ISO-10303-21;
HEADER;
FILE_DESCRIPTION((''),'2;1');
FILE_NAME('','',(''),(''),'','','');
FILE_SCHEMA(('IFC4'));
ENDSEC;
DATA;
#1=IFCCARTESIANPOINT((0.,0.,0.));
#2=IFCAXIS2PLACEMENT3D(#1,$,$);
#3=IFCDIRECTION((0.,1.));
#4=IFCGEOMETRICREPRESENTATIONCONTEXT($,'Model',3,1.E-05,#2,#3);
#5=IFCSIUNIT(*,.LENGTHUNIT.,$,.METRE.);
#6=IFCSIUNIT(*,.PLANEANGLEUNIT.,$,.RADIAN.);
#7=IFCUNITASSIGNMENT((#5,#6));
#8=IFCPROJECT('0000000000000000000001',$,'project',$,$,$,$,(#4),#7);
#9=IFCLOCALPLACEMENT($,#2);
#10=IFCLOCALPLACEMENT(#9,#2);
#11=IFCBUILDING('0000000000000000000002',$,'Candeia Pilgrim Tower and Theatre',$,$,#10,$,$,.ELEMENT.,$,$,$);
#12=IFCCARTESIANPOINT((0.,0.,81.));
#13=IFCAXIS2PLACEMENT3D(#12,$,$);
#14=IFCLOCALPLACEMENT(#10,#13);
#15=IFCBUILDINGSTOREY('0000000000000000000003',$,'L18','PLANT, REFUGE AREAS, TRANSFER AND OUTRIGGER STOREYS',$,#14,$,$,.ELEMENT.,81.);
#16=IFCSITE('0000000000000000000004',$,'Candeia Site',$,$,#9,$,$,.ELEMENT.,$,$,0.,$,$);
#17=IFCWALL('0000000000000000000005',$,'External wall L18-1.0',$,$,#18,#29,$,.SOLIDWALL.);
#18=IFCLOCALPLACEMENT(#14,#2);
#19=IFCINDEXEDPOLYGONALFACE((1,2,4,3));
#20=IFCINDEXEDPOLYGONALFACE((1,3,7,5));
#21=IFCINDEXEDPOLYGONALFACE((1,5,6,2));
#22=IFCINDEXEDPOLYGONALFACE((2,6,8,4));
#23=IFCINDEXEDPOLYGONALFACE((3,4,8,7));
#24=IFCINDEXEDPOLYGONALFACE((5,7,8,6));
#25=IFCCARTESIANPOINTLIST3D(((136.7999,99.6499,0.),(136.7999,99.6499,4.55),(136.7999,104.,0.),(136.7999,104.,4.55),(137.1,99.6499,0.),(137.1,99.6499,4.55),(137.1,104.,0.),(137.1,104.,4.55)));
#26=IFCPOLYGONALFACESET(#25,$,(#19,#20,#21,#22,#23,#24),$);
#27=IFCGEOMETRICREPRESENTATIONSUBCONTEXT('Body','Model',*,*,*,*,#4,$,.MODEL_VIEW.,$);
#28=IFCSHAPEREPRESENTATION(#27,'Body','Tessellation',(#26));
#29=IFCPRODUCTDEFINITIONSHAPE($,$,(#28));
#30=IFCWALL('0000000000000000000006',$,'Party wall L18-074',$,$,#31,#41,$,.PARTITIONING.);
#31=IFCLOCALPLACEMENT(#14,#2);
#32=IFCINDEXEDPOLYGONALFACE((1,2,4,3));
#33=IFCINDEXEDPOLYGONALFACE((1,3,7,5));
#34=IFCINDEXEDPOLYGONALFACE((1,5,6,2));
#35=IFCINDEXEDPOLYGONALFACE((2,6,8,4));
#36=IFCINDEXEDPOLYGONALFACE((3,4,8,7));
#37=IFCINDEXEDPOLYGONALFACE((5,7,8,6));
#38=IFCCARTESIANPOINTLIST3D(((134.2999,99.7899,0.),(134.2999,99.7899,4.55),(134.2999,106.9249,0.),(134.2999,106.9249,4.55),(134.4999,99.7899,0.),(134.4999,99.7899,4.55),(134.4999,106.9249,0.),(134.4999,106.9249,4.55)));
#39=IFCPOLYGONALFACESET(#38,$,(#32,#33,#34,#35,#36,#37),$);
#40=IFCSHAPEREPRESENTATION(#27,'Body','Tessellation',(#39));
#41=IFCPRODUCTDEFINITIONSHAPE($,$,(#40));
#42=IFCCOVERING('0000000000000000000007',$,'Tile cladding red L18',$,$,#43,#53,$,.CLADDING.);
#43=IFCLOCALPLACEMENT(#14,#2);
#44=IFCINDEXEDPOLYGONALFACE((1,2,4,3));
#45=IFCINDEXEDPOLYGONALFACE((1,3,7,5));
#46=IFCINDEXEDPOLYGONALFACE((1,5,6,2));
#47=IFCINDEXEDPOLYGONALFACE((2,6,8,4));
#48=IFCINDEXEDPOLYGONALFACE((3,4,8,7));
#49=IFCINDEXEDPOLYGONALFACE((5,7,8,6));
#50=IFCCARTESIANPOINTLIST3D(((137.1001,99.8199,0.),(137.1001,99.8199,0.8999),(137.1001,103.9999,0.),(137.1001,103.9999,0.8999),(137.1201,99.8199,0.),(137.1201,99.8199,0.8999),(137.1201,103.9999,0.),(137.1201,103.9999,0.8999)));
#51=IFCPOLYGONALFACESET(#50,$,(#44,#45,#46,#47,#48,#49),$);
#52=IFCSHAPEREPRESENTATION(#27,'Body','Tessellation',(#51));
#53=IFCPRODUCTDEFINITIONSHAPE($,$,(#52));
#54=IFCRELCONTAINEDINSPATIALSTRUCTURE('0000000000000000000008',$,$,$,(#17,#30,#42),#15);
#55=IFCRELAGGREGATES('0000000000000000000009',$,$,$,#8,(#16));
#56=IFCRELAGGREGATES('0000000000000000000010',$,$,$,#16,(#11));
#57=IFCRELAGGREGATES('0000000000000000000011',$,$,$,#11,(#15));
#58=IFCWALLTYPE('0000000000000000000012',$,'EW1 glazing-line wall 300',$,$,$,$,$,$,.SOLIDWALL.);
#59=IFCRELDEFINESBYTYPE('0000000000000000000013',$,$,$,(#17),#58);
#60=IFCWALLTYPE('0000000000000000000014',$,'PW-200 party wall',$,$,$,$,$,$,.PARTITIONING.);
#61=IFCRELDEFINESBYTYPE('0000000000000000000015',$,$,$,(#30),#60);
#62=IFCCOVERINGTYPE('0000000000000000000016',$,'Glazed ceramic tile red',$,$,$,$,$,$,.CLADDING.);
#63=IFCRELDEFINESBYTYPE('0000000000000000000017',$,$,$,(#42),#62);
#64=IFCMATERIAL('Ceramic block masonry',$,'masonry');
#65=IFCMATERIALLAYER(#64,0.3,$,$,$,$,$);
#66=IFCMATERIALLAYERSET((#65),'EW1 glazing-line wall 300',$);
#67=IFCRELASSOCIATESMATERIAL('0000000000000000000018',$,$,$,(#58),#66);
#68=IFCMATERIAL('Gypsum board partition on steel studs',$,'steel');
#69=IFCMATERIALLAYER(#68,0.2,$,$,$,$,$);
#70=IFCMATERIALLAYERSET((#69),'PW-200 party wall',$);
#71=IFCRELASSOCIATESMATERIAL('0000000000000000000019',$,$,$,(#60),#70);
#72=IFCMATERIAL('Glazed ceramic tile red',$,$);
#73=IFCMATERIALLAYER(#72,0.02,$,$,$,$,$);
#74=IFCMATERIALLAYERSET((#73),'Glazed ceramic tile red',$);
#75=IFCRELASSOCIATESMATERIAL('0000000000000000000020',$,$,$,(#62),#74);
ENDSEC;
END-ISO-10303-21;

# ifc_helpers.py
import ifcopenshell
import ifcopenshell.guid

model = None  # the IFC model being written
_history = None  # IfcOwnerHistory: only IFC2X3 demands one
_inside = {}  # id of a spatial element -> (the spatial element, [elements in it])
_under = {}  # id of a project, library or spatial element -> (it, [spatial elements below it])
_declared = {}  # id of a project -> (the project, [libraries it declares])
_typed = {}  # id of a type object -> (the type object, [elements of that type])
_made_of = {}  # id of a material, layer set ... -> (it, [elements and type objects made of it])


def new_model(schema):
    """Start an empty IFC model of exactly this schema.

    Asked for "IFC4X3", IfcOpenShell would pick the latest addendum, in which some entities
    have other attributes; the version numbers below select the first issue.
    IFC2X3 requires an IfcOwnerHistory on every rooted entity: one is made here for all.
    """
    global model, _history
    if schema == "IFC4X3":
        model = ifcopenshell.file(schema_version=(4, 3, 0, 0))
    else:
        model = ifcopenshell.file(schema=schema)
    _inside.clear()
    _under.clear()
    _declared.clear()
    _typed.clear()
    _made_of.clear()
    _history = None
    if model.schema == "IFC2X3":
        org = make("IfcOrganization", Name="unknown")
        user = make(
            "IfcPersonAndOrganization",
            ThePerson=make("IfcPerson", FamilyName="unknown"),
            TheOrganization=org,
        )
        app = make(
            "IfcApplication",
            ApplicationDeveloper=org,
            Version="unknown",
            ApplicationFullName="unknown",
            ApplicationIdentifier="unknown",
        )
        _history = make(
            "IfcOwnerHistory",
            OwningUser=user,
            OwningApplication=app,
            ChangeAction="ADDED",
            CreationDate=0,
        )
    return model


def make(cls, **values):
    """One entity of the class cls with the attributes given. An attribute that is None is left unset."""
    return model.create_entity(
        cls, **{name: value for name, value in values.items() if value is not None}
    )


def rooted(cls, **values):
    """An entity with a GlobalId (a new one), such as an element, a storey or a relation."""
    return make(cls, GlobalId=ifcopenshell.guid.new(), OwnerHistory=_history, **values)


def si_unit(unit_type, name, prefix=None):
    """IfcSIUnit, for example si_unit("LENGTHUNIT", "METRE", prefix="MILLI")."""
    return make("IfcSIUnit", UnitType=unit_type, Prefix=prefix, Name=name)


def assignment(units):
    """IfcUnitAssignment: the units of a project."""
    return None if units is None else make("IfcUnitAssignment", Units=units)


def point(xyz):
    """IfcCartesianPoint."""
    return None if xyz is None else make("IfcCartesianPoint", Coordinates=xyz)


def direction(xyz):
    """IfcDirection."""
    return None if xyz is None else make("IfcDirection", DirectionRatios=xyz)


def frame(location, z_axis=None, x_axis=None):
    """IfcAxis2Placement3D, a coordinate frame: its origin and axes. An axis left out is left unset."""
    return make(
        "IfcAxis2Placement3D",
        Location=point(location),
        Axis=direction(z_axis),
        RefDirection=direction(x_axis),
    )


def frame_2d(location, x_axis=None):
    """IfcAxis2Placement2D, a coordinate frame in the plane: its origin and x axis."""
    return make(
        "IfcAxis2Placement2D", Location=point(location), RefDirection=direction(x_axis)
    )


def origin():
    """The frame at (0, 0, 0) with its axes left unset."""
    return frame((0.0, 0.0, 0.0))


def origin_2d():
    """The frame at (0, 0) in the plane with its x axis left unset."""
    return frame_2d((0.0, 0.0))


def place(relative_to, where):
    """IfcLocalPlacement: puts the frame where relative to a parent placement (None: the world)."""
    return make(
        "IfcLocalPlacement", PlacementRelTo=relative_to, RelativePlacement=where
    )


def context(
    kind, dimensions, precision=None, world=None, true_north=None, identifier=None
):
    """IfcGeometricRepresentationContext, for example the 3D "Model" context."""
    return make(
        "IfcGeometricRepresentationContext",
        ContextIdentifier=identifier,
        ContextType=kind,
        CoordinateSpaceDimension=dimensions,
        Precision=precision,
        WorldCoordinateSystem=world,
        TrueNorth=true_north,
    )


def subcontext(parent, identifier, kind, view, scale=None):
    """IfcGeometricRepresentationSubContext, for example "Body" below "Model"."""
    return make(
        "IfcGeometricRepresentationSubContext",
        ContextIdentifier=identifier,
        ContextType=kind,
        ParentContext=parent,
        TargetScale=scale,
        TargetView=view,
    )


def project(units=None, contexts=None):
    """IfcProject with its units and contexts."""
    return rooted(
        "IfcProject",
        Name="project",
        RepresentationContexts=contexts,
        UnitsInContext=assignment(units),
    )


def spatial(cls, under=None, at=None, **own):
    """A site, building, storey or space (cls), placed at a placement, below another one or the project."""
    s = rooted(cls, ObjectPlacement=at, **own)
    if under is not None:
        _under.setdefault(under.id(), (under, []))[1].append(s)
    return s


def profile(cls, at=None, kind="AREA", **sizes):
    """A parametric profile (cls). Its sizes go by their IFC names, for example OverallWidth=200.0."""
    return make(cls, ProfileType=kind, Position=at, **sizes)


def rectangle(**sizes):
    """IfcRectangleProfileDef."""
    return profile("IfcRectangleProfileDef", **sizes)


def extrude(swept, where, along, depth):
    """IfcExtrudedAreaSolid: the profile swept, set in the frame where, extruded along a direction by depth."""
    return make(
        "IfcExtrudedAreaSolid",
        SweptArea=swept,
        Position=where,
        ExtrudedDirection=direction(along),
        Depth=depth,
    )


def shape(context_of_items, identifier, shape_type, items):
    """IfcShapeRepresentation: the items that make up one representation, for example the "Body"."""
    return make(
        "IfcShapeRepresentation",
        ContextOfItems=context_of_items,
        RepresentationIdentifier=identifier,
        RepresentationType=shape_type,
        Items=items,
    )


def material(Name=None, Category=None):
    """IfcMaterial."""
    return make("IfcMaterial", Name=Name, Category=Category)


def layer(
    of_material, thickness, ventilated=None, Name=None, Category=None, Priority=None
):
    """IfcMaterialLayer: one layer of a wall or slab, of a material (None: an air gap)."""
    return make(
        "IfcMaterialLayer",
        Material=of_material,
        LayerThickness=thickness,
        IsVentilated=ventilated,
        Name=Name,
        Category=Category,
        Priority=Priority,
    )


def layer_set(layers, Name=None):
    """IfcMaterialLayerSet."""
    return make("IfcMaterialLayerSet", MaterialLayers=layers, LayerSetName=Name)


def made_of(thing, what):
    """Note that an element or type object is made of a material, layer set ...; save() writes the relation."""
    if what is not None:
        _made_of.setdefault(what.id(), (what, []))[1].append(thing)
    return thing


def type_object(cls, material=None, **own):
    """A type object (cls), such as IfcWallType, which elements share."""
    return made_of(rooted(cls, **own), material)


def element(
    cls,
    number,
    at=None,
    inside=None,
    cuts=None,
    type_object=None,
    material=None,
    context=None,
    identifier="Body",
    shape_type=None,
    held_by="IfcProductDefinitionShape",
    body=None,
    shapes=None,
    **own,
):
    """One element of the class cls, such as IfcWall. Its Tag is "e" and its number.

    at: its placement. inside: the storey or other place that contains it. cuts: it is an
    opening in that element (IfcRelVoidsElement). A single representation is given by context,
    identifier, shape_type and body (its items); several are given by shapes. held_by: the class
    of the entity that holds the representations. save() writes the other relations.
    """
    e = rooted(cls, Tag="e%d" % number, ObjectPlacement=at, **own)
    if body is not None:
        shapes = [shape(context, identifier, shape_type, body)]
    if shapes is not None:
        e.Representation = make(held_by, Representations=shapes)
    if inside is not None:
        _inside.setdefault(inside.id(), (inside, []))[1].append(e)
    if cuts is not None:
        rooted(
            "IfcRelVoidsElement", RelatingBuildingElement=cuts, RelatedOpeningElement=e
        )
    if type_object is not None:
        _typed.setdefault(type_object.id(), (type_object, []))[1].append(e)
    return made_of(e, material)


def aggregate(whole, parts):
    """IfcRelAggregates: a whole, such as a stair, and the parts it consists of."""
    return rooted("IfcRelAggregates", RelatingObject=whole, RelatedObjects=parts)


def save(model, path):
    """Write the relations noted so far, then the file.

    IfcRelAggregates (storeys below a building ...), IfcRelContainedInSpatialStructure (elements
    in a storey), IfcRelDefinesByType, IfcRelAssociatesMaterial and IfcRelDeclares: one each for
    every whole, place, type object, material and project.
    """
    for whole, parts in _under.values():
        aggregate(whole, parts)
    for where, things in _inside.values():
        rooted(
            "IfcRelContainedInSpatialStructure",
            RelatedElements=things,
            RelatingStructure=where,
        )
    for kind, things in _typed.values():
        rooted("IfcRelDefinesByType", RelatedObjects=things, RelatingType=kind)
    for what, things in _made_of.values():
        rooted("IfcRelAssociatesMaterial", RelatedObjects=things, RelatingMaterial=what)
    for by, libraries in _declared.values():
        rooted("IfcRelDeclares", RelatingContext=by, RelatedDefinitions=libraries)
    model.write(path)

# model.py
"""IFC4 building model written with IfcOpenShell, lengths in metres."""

from ifc_helpers import new_model, si_unit, direction, frame, frame_2d, origin, origin_2d, place, context, subcontext, project, spatial, rectangle, extrude, material, layer, layer_set, type_object, element, save


model = new_model("IFC4")

# Units and contexts
model_context = context("Model", 3, precision=1e-05, world=origin(), true_north=direction((0.0, 1.0)))
body_context = subcontext(model_context, "Body", "Model", "MODEL_VIEW")
ifc_project = project(units=[si_unit("LENGTHUNIT", "METRE"), si_unit("PLANEANGLEUNIT", "RADIAN")], contexts=[model_context])

# Site, building, storey
site_placement = place(None, origin())
site = spatial("IfcSite", under=ifc_project, at=site_placement, Name="Candeia Site", CompositionType="ELEMENT", RefElevation=0.0)
building_placement = place(site_placement, origin())
building = spatial("IfcBuilding", under=site, at=building_placement, Name="Candeia Pilgrim Tower and Theatre", CompositionType="ELEMENT")
storey_placement = place(building_placement, frame((0.0, 0.0, 81.0)))
storey = spatial("IfcBuildingStorey", under=building, at=storey_placement, Name="L18", Description="PLANT, REFUGE AREAS, TRANSFER AND OUTRIGGER STOREYS", CompositionType="ELEMENT", Elevation=81.0)

# Walls
ifc_material_1 = material(Name="Ceramic block masonry", Category="masonry")
ifc_layer_1 = layer(ifc_material_1, 0.3)
ifc_layer_set_1 = layer_set([ifc_layer_1], Name="EW1 glazing-line wall 300")
wall_type_1 = type_object("IfcWallType", Name="EW1 glazing-line wall 300", PredefinedType="SOLIDWALL", material=ifc_layer_set_1)
wall_1_placement = place(storey_placement, frame((136.95, 99.6499, 0.0), z_axis=(0.0, 0.0, 1.0), x_axis=(0.0, 1.0, 0.0)))
element("IfcWall", 1, at=wall_1_placement, inside=storey, type_object=wall_type_1, Name="External wall L18-1.0", PredefinedType="SOLIDWALL", context=body_context, shape_type="SweptSolid", body=[
    extrude(rectangle(XDim=4.3501, YDim=0.3, at=frame_2d((2.175, 0.0))), origin(), (0.0, 0.0, 1.0), 4.55),
])
ifc_material_2 = material(Name="Gypsum board partition on steel studs", Category="steel")
ifc_layer_2 = layer(ifc_material_2, 0.2)
ifc_layer_set_2 = layer_set([ifc_layer_2], Name="PW-200 party wall")
wall_type_2 = type_object("IfcWallType", Name="PW-200 party wall", PredefinedType="PARTITIONING", material=ifc_layer_set_2)
wall_2_placement = place(storey_placement, frame((134.3999, 99.79, 0.0), z_axis=(0.0, 0.0, 1.0), x_axis=(0.0, 1.0, 0.0)))
element("IfcWall", 2, at=wall_2_placement, inside=storey, type_object=wall_type_2, Name="Party wall L18-074", PredefinedType="PARTITIONING", context=body_context, shape_type="SweptSolid", body=[
    extrude(rectangle(XDim=7.135, YDim=0.2, at=frame_2d((3.5674, 0.0))), origin(), (0.0, 0.0, 1.0), 4.55),
])

# Covering
ifc_material_3 = material(Name="Glazed ceramic tile red")
ifc_layer_3 = layer(ifc_material_3, 0.02)
ifc_layer_set_3 = layer_set([ifc_layer_3], Name="Glazed ceramic tile red")
covering_type = type_object("IfcCoveringType", Name="Glazed ceramic tile red", PredefinedType="CLADDING", material=ifc_layer_set_3)
covering_placement = place(storey_placement, frame((137.1101, 101.9099, 0.0), z_axis=(0.0, 0.0, 1.0), x_axis=(0.0, 1.0, 0.0)))
element("IfcCovering", 3, at=covering_placement, inside=storey, type_object=covering_type, Name="Tile cladding red L18", PredefinedType="CLADDING", context=body_context, shape_type="SweptSolid", body=[
    extrude(rectangle(XDim=4.1799, YDim=0.02, at=origin_2d()), origin(), (0.0, 0.0, 1.0), 0.8999),
])

save(model, "model.ifc")
